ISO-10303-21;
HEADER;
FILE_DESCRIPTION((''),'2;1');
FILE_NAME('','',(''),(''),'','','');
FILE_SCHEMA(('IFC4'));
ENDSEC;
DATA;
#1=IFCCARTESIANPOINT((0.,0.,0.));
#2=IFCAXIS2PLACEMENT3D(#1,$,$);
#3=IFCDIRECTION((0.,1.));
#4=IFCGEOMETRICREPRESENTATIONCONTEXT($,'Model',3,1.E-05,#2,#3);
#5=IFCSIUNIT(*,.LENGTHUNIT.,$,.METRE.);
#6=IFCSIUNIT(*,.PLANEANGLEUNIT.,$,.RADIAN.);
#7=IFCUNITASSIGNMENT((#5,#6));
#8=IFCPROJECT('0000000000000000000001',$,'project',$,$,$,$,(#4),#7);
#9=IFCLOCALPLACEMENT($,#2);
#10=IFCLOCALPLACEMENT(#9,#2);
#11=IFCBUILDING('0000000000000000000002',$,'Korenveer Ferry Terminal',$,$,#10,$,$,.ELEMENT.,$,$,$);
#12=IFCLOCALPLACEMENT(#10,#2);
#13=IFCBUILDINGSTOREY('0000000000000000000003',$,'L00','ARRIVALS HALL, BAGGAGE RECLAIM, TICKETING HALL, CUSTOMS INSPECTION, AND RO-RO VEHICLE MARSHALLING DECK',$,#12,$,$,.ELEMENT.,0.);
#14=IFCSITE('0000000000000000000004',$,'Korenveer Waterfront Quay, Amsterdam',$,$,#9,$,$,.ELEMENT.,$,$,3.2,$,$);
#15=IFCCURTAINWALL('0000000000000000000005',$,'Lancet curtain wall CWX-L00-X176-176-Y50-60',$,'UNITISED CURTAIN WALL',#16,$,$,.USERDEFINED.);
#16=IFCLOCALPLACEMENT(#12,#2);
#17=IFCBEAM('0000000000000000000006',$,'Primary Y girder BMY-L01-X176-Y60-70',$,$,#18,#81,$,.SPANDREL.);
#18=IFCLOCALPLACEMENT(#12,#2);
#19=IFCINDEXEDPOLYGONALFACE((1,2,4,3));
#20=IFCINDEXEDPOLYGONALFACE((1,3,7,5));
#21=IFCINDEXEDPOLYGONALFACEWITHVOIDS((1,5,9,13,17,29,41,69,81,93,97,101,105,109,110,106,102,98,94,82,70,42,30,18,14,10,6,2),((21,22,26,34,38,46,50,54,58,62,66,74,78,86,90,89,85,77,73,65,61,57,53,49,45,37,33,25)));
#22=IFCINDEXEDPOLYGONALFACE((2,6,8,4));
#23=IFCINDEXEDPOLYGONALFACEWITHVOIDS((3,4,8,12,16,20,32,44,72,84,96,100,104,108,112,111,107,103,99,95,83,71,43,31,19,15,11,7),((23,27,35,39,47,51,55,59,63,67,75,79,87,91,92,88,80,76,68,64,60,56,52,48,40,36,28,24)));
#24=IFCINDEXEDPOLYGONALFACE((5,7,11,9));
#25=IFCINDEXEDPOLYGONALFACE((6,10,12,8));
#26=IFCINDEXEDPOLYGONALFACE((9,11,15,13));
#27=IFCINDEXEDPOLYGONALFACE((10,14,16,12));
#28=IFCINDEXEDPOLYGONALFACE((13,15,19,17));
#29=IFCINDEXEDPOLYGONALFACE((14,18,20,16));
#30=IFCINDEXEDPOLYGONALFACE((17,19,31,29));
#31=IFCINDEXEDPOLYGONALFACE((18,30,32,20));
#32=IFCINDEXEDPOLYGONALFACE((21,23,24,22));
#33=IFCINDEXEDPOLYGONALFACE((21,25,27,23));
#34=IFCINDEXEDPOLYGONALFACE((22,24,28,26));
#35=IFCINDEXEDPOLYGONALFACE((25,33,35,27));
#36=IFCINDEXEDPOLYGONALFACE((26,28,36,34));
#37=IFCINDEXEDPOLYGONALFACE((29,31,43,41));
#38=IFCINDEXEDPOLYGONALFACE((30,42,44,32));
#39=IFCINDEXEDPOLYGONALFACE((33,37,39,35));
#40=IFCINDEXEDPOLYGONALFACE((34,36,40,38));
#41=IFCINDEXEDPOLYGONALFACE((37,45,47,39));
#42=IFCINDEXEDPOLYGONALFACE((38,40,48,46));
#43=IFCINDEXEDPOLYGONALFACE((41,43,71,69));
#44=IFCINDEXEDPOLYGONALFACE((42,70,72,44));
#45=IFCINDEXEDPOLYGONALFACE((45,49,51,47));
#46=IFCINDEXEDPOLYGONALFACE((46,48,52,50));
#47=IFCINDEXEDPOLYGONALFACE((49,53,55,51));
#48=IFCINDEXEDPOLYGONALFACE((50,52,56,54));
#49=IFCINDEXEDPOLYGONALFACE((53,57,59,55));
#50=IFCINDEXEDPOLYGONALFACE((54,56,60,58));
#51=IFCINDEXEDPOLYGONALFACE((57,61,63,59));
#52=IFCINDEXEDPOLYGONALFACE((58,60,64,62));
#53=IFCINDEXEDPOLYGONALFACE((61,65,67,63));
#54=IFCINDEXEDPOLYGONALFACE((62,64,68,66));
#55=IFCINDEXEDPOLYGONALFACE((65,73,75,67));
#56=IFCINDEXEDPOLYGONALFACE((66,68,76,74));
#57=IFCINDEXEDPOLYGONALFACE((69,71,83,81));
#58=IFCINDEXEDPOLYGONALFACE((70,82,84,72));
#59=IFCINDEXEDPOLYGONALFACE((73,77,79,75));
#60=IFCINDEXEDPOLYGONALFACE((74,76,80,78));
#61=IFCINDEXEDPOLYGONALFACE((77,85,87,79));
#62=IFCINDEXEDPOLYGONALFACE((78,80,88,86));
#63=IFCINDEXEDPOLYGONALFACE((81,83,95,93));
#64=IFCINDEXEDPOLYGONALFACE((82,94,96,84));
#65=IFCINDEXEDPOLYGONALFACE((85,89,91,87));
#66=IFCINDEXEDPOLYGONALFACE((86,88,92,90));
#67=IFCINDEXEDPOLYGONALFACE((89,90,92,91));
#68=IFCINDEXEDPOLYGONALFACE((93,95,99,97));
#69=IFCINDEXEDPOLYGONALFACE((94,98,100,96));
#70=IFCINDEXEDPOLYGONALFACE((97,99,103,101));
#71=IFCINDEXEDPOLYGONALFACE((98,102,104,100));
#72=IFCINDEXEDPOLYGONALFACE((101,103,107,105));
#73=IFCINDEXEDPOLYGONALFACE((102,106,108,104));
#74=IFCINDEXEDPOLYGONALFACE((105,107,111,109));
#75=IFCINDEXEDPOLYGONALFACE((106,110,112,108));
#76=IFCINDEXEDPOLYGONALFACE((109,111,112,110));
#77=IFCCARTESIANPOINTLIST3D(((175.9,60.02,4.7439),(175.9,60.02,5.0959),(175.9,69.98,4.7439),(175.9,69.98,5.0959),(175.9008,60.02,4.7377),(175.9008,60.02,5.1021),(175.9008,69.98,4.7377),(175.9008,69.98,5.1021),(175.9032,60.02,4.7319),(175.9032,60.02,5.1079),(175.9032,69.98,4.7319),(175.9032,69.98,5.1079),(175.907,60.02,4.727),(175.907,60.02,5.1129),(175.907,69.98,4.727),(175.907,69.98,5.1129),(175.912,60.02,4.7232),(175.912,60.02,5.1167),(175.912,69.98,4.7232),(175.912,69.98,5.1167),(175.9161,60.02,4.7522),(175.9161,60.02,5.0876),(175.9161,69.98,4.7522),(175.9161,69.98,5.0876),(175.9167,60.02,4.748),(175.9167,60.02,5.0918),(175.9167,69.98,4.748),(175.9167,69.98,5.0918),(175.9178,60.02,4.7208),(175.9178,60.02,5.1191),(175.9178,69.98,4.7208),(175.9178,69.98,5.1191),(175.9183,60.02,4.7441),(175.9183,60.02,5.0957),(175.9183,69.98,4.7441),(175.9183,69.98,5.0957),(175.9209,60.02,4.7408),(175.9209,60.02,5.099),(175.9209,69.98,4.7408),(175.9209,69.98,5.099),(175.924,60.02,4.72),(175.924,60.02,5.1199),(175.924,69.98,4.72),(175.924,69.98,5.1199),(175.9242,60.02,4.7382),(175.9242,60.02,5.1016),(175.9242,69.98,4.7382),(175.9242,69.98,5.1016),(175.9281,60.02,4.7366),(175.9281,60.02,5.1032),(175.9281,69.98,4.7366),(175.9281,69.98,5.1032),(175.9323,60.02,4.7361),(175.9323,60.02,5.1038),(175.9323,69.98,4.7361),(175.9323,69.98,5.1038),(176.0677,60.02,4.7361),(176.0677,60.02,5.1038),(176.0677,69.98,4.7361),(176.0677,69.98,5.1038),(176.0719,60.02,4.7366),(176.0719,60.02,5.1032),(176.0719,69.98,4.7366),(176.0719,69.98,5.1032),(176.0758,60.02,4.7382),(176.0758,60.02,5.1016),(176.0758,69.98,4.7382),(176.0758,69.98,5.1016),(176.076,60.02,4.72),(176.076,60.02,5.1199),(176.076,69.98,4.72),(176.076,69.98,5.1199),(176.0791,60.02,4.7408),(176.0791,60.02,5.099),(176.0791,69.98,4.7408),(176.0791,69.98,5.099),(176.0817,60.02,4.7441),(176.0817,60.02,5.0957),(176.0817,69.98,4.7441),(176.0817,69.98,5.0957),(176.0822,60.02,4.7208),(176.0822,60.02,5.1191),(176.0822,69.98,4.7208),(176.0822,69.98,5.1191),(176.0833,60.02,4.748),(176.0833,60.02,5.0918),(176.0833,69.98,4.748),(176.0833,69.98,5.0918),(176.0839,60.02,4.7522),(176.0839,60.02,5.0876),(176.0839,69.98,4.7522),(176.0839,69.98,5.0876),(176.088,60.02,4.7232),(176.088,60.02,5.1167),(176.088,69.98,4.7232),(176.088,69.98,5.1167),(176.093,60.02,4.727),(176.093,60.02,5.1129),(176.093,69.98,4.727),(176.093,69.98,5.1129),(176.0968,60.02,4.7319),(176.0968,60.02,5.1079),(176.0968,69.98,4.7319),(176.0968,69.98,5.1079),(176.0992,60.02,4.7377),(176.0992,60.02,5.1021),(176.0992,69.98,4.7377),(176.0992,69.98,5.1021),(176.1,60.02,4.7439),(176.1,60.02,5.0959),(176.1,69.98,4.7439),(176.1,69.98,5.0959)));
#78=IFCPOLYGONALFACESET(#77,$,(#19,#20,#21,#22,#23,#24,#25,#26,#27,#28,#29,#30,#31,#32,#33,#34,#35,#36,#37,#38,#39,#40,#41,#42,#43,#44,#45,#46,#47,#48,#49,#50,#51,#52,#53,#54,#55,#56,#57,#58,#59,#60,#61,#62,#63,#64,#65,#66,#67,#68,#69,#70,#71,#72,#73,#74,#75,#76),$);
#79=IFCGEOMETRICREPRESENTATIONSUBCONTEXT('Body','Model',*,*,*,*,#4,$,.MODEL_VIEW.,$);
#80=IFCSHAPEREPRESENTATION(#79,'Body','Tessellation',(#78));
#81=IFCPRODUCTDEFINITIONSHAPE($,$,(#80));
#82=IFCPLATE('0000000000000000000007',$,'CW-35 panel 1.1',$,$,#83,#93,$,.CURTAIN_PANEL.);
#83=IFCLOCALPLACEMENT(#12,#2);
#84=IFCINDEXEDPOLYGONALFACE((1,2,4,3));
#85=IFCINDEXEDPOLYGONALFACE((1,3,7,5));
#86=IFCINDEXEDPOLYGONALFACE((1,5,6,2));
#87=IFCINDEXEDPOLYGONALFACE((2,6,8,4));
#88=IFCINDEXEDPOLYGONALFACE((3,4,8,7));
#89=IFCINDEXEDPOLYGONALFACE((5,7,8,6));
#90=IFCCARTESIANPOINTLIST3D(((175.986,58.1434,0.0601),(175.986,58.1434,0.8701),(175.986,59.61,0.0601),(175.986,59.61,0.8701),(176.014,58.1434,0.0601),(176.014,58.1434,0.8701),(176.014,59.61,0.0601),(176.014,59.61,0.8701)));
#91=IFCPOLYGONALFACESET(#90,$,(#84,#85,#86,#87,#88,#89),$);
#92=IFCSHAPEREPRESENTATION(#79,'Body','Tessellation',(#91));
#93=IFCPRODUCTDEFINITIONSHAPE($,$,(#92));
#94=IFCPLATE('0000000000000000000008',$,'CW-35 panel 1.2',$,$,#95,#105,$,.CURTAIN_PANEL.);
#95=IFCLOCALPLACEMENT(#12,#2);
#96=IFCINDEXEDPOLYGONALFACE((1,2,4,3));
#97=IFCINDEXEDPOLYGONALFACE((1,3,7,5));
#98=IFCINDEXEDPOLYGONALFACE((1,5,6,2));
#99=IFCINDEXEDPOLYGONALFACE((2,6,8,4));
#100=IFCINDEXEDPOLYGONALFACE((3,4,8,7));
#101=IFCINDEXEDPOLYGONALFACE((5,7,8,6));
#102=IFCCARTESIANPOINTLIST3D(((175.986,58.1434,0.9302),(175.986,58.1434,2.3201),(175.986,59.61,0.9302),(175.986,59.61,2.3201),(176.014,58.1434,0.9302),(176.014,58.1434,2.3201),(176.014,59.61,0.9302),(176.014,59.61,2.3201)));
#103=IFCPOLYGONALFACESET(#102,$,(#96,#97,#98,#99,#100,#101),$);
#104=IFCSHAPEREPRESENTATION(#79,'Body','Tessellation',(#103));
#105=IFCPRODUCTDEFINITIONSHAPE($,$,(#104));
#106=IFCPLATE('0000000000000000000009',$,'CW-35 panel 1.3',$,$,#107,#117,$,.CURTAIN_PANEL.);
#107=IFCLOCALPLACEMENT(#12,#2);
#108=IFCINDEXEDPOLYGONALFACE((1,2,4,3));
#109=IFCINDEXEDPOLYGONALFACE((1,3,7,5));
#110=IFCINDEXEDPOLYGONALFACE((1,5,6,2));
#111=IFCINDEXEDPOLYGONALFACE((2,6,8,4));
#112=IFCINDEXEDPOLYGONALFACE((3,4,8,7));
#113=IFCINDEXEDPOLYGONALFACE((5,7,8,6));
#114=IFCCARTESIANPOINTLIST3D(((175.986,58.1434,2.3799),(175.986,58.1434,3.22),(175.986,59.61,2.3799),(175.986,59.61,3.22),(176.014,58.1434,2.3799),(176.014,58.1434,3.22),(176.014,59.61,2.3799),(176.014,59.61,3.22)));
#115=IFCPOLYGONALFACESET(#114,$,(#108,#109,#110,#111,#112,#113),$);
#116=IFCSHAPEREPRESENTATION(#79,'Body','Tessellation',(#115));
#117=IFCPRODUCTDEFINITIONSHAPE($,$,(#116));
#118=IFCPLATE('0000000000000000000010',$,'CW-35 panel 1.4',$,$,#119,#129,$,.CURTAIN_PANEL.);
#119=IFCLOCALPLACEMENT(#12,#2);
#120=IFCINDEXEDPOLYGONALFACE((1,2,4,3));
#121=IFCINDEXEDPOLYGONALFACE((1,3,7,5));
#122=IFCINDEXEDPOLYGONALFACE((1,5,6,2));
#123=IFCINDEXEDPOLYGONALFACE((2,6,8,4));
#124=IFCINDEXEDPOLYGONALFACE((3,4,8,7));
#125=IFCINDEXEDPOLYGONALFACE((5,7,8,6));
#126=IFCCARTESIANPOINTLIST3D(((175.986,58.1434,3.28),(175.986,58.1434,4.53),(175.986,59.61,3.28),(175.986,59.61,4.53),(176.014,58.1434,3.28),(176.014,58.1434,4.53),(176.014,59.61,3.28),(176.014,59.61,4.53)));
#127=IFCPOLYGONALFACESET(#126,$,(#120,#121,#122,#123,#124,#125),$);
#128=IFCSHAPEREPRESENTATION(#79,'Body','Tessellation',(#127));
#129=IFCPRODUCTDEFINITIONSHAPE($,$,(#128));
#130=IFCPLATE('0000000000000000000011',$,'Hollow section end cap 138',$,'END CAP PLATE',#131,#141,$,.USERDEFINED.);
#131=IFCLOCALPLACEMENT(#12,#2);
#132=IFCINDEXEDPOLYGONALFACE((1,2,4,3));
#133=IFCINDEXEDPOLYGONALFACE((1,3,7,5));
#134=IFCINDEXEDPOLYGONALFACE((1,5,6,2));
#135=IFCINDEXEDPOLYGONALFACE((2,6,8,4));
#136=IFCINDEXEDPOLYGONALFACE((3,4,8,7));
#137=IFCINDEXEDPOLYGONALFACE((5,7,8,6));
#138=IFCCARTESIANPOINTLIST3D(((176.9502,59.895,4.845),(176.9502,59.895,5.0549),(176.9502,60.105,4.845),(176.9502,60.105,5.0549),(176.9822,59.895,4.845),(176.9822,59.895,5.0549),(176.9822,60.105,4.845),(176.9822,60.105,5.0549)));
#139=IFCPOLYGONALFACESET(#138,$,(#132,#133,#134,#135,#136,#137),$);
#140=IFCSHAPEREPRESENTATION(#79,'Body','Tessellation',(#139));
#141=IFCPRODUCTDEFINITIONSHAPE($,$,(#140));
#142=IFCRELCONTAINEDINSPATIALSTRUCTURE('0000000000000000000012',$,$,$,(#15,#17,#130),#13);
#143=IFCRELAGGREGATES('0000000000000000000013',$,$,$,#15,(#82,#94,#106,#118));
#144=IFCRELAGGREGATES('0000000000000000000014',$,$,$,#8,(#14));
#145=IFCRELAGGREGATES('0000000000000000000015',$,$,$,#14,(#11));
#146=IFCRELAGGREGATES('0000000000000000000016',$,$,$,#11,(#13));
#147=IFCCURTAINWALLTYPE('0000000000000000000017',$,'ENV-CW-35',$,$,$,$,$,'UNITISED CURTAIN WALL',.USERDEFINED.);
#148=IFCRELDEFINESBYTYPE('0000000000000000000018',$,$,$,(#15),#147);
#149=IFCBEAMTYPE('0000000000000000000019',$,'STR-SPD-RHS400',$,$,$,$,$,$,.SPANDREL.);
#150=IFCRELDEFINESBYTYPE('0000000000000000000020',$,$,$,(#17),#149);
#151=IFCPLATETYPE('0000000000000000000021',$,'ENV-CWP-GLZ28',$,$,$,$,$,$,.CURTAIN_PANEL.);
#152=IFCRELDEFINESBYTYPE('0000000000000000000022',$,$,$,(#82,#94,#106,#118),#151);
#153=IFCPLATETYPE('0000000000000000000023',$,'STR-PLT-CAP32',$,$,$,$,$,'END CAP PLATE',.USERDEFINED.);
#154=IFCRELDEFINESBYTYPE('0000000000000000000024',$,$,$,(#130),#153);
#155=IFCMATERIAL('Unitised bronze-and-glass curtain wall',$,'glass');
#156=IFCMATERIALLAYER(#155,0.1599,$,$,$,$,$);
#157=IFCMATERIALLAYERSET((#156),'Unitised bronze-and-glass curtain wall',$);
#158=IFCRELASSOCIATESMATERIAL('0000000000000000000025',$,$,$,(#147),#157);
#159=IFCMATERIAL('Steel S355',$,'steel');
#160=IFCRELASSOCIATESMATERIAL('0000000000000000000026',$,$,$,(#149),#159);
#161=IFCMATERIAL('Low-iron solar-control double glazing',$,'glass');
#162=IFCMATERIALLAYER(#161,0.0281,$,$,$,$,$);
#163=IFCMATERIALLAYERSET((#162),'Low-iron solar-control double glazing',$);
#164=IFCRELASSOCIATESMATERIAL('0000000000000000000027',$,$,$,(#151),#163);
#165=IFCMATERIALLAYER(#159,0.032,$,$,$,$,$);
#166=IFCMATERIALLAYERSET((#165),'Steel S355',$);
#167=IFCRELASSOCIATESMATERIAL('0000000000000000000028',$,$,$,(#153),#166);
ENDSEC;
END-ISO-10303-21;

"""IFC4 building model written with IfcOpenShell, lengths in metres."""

from ifc_helpers import new_model, si_unit, direction, frame, origin, origin_2d, place, context, subcontext, project, spatial, rectangle, hollow_rectangle, extrude, material, layer, layer_set, material_profile, profile_set, type_object, element, aggregate, save


model = new_model("IFC4")

# Units and contexts
model_context = context("Model", 3, precision=1e-05, world=origin(), true_north=direction((0.0, 1.0)))
body_context = subcontext(model_context, "Body", "Model", "MODEL_VIEW")
ifc_project = project(units=[si_unit("LENGTHUNIT", "METRE"), si_unit("PLANEANGLEUNIT", "RADIAN")], contexts=[model_context])

# Site, building, storey
site_placement = place(None, origin())
site = spatial("IfcSite", under=ifc_project, at=site_placement, Name="Korenveer Waterfront Quay, Amsterdam", CompositionType="ELEMENT", RefElevation=3.2)
building_placement = place(site_placement, origin())
building = spatial("IfcBuilding", under=site, at=building_placement, Name="Korenveer Ferry Terminal", CompositionType="ELEMENT")
storey_placement = place(building_placement, origin())
storey = spatial("IfcBuildingStorey", under=building, at=storey_placement, Name="L00", Description="ARRIVALS HALL, BAGGAGE RECLAIM, TICKETING HALL, CUSTOMS INSPECTION, AND RO-RO VEHICLE MARSHALLING DECK", CompositionType="ELEMENT", Elevation=0.0)

# Curtain wall
ifc_material_1 = material(Name="Unitised bronze-and-glass curtain wall", Category="glass")
ifc_layer_1 = layer(ifc_material_1, 0.1599)
ifc_layer_set_1 = layer_set([ifc_layer_1], Name="Unitised bronze-and-glass curtain wall")
curtain_wall_type = type_object("IfcCurtainWallType", Name="ENV-CW-35", ElementType="UNITISED CURTAIN WALL", PredefinedType="USERDEFINED", material=ifc_layer_set_1)
curtain_wall_placement = place(storey_placement, frame((176.0, 59.6699, 0.0)))
curtain_wall = element("IfcCurtainWall", 1, at=curtain_wall_placement, inside=storey, type_object=curtain_wall_type, Name="Lancet curtain wall CWX-L00-X176-176-Y50-60", ObjectType="UNITISED CURTAIN WALL", PredefinedType="USERDEFINED")

# Beam
ifc_material_2 = material(Name="Steel S355", Category="steel")
ifc_material_profile_1 = material_profile(ifc_material_2, hollow_rectangle(XDim=0.2, YDim=0.3999, WallThickness=0.0161, InnerFilletRadius=0.0161, OuterFilletRadius=0.0239, at=origin_2d()), Name="RHS 400x200x16")
ifc_profile_set_1 = profile_set([ifc_material_profile_1], Name="Steel S355")
beam_type_1 = type_object("IfcBeamType", Name="STR-SPD-RHS400", PredefinedType="SPANDREL", material=ifc_profile_set_1)
beam_1_placement = place(storey_placement, frame((176.0, 60.02, 4.9199), z_axis=(0.0, 1.0, 0.0), x_axis=(-1.0, 0.0, 0.0)))
element("IfcBeam", 2, at=beam_1_placement, inside=storey, type_object=beam_type_1, Name="Primary Y girder BMY-L01-X176-Y60-70", PredefinedType="SPANDREL", context=body_context, shape_type="SweptSolid", body=[
    extrude(hollow_rectangle(XDim=0.2, YDim=0.3999, WallThickness=0.0161, InnerFilletRadius=0.0161, OuterFilletRadius=0.0239, at=origin_2d()), origin(), (0.0, 0.0, 1.0), 9.96),
])

# Plates
ifc_material_3 = material(Name="Low-iron solar-control double glazing", Category="glass")
ifc_layer_2 = layer(ifc_material_3, 0.0281)
ifc_layer_set_2 = layer_set([ifc_layer_2], Name="Low-iron solar-control double glazing")
plate_type_1 = type_object("IfcPlateType", Name="ENV-CWP-GLZ28", PredefinedType="CURTAIN_PANEL", material=ifc_layer_set_2)
plate_1_placement = place(storey_placement, frame((176.0, 58.8767, 0.0601), z_axis=(0.0, 0.0, 1.0), x_axis=(0.0, -1.0, 0.0)))
plate_1 = element("IfcPlate", 3, at=plate_1_placement, type_object=plate_type_1, Name="CW-35 panel 1.1", PredefinedType="CURTAIN_PANEL", context=body_context, shape_type="SweptSolid", body=[
    extrude(rectangle(XDim=1.4666, YDim=0.0281, at=origin_2d()), origin(), (0.0, 0.0, 1.0), 0.8101),
])
plate_2_placement = place(storey_placement, frame((176.0, 58.8767, 0.9302), z_axis=(0.0, 0.0, 1.0), x_axis=(0.0, -1.0, 0.0)))
plate_2 = element("IfcPlate", 4, at=plate_2_placement, type_object=plate_type_1, Name="CW-35 panel 1.2", PredefinedType="CURTAIN_PANEL", context=body_context, shape_type="SweptSolid", body=[
    extrude(rectangle(XDim=1.4666, YDim=0.0281, at=origin_2d()), origin(), (0.0, 0.0, 1.0), 1.3899),
])
plate_3_placement = place(storey_placement, frame((176.0, 58.8767, 2.3799), z_axis=(0.0, 0.0, 1.0), x_axis=(0.0, -1.0, 0.0)))
plate_3 = element("IfcPlate", 5, at=plate_3_placement, type_object=plate_type_1, Name="CW-35 panel 1.3", PredefinedType="CURTAIN_PANEL", context=body_context, shape_type="SweptSolid", body=[
    extrude(rectangle(XDim=1.4666, YDim=0.0281, at=origin_2d()), origin(), (0.0, 0.0, 1.0), 0.8401),
])
plate_4_placement = place(storey_placement, frame((176.0, 58.8767, 3.28), z_axis=(0.0, 0.0, 1.0), x_axis=(0.0, -1.0, 0.0)))
plate_4 = element("IfcPlate", 6, at=plate_4_placement, type_object=plate_type_1, Name="CW-35 panel 1.4", PredefinedType="CURTAIN_PANEL", context=body_context, shape_type="SweptSolid", body=[
    extrude(rectangle(XDim=1.4666, YDim=0.0281, at=origin_2d()), origin(), (0.0, 0.0, 1.0), 1.25),
])
aggregate(curtain_wall, [plate_1, plate_2, plate_3, plate_4])
ifc_layer_3 = layer(ifc_material_2, 0.032)
ifc_layer_set_3 = layer_set([ifc_layer_3], Name="Steel S355")
plate_type_2 = type_object("IfcPlateType", Name="STR-PLT-CAP32", ElementType="END CAP PLATE", PredefinedType="USERDEFINED", material=ifc_layer_set_3)
plate_5_placement = place(storey_placement, frame((176.9502, 60.0, 4.95), z_axis=(1.0, 0.0, 0.0), x_axis=(0.0, 1.0, 0.0)))
element("IfcPlate", 7, at=plate_5_placement, inside=storey, type_object=plate_type_2, Name="Hollow section end cap 138", ObjectType="END CAP PLATE", PredefinedType="USERDEFINED", context=body_context, shape_type="SweptSolid", body=[
    extrude(rectangle(XDim=0.21, YDim=0.21, at=origin_2d()), origin(), (0.0, 0.0, 1.0), 0.032),
])

save(model, "model.ifc")
